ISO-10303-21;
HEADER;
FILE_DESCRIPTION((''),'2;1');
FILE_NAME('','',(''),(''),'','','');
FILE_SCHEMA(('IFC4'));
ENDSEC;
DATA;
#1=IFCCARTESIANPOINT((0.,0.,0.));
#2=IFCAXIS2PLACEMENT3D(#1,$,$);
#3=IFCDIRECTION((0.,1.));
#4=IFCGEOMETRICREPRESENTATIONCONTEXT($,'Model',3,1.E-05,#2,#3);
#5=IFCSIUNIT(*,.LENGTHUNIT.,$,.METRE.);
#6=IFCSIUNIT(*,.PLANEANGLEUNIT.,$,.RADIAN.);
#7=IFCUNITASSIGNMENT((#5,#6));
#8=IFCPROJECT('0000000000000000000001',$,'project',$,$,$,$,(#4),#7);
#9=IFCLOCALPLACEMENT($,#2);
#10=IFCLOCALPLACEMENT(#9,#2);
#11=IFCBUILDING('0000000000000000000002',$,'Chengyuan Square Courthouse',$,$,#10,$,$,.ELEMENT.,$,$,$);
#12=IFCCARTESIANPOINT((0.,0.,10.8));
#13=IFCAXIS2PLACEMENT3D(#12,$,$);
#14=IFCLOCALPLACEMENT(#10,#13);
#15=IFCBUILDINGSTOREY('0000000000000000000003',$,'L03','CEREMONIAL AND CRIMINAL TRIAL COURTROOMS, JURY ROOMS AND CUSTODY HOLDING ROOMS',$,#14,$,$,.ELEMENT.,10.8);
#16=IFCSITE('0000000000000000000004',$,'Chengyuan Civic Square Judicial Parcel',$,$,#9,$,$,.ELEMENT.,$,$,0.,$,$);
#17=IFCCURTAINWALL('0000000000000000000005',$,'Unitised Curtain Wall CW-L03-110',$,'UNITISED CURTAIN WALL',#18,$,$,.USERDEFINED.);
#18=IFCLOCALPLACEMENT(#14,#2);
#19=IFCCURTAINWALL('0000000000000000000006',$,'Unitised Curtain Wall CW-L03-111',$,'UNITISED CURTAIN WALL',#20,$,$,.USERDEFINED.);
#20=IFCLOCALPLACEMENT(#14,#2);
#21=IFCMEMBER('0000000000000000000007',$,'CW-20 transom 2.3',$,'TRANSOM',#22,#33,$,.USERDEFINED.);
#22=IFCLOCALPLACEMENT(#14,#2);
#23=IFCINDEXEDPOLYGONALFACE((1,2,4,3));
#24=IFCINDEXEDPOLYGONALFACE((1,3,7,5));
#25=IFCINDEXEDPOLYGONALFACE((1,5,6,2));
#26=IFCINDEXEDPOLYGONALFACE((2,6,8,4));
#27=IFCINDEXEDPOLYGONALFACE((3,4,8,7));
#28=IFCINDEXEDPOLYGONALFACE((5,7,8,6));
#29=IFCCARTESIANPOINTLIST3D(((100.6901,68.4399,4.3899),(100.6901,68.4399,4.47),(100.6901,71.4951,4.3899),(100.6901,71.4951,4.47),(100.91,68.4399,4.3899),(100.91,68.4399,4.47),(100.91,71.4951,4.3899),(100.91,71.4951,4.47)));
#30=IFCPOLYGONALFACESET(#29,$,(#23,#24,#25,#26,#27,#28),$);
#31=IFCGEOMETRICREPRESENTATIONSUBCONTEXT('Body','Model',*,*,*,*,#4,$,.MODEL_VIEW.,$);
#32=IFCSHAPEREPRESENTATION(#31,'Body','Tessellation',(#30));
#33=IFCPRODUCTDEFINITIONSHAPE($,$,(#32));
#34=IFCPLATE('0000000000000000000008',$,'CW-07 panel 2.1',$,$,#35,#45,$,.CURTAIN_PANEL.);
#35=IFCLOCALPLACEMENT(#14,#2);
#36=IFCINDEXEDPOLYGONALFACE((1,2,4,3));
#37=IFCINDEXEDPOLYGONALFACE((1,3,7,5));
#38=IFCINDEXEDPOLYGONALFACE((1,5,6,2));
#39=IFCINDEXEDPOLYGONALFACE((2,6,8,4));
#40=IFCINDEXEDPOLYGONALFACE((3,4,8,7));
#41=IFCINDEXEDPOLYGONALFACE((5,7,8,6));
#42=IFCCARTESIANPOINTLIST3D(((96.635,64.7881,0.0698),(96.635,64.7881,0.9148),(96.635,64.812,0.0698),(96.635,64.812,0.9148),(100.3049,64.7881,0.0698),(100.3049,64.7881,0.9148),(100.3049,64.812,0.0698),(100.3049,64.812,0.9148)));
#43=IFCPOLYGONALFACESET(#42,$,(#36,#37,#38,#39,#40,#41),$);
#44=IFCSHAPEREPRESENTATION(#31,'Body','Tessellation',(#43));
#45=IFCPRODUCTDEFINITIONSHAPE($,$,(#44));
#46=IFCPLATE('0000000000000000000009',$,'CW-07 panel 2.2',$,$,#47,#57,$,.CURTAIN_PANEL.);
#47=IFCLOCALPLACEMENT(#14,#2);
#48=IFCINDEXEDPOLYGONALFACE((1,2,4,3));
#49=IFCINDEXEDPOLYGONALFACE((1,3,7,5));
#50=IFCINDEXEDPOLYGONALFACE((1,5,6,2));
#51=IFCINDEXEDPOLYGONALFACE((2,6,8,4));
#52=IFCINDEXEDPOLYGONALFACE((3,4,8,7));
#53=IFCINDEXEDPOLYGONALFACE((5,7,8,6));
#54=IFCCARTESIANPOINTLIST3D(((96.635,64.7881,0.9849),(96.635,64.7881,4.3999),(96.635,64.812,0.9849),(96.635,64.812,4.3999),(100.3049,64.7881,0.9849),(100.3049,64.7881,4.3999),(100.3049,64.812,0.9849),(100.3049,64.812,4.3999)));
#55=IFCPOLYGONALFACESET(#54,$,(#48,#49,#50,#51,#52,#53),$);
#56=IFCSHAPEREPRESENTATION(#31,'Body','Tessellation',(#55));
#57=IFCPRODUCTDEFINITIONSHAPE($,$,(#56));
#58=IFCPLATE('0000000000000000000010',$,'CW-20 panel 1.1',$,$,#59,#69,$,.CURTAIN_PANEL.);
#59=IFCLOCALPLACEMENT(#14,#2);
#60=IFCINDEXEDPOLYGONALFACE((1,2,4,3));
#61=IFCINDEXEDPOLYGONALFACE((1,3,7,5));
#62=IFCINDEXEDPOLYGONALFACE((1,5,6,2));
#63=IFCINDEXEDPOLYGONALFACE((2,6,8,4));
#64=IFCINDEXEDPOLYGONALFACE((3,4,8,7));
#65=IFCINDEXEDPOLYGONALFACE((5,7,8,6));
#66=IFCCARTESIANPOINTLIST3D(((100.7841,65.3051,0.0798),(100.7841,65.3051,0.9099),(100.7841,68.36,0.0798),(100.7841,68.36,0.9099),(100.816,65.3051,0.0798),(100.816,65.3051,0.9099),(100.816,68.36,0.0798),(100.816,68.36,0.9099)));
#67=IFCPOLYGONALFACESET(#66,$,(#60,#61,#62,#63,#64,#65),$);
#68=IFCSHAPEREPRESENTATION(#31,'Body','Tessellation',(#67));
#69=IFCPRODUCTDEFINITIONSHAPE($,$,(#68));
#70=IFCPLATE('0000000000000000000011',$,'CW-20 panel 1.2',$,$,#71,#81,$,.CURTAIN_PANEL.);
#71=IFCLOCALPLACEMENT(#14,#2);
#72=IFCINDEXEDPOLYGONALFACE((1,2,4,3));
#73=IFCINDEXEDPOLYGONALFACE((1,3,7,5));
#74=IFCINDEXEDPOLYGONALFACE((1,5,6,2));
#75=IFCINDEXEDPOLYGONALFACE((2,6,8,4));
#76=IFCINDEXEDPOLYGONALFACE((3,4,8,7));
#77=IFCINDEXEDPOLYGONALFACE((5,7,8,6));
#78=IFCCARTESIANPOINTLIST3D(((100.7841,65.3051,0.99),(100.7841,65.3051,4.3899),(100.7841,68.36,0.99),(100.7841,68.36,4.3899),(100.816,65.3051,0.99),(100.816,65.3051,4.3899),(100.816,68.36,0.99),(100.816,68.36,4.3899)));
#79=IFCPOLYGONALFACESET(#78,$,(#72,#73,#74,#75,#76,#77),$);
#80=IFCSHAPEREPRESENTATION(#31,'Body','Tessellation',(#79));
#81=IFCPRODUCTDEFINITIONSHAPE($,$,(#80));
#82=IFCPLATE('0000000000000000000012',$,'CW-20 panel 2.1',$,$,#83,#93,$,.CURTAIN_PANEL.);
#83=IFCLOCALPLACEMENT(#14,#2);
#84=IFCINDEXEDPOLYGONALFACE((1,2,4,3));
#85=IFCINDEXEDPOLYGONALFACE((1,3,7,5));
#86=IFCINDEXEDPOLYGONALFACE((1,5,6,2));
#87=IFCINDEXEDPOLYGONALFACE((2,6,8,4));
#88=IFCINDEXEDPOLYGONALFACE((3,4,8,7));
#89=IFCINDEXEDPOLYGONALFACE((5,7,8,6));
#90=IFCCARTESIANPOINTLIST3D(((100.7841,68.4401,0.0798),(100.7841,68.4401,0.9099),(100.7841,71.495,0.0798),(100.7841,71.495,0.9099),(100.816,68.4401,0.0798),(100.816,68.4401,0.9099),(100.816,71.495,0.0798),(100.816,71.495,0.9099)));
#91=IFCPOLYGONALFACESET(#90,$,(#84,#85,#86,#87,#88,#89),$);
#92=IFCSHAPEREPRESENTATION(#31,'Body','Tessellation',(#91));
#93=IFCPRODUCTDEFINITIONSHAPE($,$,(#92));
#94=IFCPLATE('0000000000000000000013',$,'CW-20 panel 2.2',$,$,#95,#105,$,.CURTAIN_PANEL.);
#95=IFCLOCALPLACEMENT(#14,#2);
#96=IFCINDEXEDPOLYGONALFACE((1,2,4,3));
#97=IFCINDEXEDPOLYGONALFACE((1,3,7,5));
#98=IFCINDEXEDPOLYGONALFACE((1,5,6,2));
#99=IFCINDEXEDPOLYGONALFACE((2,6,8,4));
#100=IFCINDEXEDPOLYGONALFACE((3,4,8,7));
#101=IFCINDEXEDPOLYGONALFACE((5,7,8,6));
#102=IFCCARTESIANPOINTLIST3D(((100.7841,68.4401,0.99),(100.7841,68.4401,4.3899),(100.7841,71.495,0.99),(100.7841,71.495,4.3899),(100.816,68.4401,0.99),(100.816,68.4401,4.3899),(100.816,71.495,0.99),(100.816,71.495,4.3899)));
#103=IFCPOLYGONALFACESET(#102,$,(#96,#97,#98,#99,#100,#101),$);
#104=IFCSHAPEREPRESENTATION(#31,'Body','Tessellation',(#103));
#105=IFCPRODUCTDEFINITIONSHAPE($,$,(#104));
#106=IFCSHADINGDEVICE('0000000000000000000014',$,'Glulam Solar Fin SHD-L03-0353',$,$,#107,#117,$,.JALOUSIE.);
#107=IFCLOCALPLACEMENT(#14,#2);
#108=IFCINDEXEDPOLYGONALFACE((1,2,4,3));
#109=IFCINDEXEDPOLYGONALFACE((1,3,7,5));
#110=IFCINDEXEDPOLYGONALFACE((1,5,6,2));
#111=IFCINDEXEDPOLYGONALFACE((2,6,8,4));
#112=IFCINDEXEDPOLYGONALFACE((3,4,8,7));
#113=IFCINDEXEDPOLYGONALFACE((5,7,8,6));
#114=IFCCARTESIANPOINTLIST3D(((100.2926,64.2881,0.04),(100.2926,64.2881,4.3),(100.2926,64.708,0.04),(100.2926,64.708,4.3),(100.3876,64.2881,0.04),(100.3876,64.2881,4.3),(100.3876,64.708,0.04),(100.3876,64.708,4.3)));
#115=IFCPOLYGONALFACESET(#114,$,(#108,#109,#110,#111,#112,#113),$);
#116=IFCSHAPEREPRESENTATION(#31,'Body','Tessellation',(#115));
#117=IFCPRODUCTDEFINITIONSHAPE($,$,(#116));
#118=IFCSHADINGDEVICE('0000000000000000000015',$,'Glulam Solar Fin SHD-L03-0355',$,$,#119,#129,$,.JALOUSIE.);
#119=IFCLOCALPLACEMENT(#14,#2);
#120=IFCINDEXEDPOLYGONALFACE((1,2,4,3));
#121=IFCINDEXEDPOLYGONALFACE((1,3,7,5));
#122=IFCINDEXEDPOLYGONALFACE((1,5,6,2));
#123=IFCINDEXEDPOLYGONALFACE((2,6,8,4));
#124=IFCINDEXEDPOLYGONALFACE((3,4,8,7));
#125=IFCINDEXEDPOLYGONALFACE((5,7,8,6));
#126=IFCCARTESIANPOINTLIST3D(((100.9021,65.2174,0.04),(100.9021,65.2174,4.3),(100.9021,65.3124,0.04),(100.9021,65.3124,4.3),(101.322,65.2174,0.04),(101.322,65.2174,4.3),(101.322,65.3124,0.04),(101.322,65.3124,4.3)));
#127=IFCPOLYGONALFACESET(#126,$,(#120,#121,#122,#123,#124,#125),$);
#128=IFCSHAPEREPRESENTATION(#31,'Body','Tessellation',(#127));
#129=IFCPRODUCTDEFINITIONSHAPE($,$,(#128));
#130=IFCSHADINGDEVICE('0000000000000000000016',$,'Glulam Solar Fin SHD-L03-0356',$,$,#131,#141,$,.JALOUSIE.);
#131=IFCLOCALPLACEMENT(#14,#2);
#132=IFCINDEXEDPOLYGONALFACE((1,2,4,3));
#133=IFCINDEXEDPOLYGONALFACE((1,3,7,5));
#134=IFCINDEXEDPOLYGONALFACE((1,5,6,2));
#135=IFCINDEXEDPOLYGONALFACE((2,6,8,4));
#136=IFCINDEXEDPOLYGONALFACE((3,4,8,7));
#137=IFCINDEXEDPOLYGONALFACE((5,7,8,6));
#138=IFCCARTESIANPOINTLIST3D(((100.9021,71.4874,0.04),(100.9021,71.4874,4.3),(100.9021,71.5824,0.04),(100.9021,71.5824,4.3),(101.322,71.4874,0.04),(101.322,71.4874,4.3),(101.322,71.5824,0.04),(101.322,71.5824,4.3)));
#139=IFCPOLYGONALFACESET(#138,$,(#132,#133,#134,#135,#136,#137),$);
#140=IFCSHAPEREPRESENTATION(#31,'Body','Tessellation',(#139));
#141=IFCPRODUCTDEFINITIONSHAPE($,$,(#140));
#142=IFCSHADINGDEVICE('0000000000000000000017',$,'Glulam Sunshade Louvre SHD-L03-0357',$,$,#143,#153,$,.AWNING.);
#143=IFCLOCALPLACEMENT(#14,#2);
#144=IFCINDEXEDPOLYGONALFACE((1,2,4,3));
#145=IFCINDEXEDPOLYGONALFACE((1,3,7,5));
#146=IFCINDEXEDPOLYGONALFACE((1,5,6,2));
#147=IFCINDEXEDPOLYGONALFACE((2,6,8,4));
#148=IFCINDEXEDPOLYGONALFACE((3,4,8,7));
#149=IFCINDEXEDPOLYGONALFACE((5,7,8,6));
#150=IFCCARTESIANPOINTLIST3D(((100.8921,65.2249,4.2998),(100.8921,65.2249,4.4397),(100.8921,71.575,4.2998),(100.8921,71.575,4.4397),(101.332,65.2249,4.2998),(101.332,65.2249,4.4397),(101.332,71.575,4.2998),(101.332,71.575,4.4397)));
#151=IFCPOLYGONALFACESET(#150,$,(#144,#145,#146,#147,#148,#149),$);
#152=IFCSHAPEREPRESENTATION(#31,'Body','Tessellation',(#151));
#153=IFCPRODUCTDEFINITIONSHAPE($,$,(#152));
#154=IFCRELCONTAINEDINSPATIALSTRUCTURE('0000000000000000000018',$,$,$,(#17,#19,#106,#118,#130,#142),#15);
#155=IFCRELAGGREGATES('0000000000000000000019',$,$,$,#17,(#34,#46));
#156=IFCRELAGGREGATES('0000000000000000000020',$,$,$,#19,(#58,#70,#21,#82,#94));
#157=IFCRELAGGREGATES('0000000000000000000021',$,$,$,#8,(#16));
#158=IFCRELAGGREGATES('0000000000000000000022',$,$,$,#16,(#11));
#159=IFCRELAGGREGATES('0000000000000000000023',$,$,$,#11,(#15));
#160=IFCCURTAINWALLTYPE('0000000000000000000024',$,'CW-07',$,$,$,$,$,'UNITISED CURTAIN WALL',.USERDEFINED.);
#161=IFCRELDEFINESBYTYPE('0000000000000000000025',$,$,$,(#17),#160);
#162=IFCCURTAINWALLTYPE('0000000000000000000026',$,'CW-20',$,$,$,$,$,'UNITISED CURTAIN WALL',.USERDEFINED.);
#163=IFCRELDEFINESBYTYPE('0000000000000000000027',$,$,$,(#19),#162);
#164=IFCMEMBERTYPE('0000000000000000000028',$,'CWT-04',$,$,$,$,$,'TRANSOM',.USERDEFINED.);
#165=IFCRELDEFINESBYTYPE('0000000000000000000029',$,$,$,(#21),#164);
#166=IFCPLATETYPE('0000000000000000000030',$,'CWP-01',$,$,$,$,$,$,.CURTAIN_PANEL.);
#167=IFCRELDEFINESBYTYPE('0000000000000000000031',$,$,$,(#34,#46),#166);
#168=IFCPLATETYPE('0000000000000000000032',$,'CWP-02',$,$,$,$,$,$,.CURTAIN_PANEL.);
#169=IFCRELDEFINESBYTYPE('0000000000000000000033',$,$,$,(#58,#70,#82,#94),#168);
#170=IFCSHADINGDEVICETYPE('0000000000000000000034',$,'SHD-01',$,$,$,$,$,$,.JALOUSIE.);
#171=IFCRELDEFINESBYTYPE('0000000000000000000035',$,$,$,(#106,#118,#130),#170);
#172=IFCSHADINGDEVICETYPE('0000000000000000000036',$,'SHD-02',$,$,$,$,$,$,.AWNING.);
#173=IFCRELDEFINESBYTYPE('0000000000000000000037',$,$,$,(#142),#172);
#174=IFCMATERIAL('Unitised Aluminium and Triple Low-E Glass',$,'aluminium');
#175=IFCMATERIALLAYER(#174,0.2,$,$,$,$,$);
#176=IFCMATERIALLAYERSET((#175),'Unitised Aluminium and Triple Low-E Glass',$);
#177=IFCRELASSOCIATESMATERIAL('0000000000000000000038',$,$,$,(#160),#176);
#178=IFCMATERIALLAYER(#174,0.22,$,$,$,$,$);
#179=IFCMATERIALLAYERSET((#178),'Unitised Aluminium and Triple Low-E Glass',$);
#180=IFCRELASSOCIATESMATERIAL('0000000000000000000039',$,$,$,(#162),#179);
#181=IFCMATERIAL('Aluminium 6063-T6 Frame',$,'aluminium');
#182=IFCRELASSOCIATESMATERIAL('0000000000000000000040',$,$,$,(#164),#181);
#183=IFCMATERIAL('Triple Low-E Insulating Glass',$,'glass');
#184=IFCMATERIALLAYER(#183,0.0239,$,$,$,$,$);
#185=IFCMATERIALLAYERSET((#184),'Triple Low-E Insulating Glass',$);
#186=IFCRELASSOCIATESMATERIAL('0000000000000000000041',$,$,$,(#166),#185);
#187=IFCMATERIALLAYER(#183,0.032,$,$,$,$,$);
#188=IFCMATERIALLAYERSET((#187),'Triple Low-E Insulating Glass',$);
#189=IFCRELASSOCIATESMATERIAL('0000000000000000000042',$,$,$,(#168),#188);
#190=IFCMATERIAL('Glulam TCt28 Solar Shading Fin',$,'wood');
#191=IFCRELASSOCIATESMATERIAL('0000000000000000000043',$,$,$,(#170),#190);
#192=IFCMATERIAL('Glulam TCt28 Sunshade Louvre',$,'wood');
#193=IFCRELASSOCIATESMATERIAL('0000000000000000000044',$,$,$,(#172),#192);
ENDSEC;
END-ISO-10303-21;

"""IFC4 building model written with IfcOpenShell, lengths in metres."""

from ifc_helpers import new_model, si_unit, direction, frame, origin, origin_2d, place, context, subcontext, project, spatial, rectangle, extrude, material, layer, layer_set, material_profile, profile_set, type_object, element, aggregate, save


model = new_model("IFC4")

# Units and contexts
model_context = context("Model", 3, precision=1e-05, world=origin(), true_north=direction((0.0, 1.0)))
body_context = subcontext(model_context, "Body", "Model", "MODEL_VIEW")
ifc_project = project(units=[si_unit("LENGTHUNIT", "METRE"), si_unit("PLANEANGLEUNIT", "RADIAN")], contexts=[model_context])

# Site, building, storey
site_placement = place(None, origin())
site = spatial("IfcSite", under=ifc_project, at=site_placement, Name="Chengyuan Civic Square Judicial Parcel", CompositionType="ELEMENT", RefElevation=0.0)
building_placement = place(site_placement, origin())
building = spatial("IfcBuilding", under=site, at=building_placement, Name="Chengyuan Square Courthouse", CompositionType="ELEMENT")
storey_placement = place(building_placement, frame((0.0, 0.0, 10.8)))
storey = spatial("IfcBuildingStorey", under=building, at=storey_placement, Name="L03", Description="CEREMONIAL AND CRIMINAL TRIAL COURTROOMS, JURY ROOMS AND CUSTODY HOLDING ROOMS", CompositionType="ELEMENT", Elevation=10.8)

# Curtain wall
ifc_material_1 = material(Name="Unitised Aluminium and Triple Low-E Glass", Category="aluminium")
ifc_layer_1 = layer(ifc_material_1, 0.2)
ifc_layer_set_1 = layer_set([ifc_layer_1], Name="Unitised Aluminium and Triple Low-E Glass")
curtain_wall_type_1 = type_object("IfcCurtainWallType", Name="CW-07", ElementType="UNITISED CURTAIN WALL", PredefinedType="USERDEFINED", material=ifc_layer_set_1)
curtain_wall_1_placement = place(storey_placement, origin())
curtain_wall_1 = element("IfcCurtainWall", 1, at=curtain_wall_1_placement, inside=storey, type_object=curtain_wall_type_1, Name="Unitised Curtain Wall CW-L03-110", ObjectType="UNITISED CURTAIN WALL", PredefinedType="USERDEFINED")
ifc_material_2 = material(Name="Aluminium 6063-T6 Frame", Category="aluminium")

# Curtain wall
ifc_layer_2 = layer(ifc_material_1, 0.22)
ifc_layer_set_2 = layer_set([ifc_layer_2], Name="Unitised Aluminium and Triple Low-E Glass")
curtain_wall_type_2 = type_object("IfcCurtainWallType", Name="CW-20", ElementType="UNITISED CURTAIN WALL", PredefinedType="USERDEFINED", material=ifc_layer_set_2)
curtain_wall_2_placement = place(storey_placement, origin())
curtain_wall_2 = element("IfcCurtainWall", 2, at=curtain_wall_2_placement, inside=storey, type_object=curtain_wall_type_2, Name="Unitised Curtain Wall CW-L03-111", ObjectType="UNITISED CURTAIN WALL", PredefinedType="USERDEFINED")

# Member
ifc_material_profile_1 = material_profile(ifc_material_2, rectangle(XDim=0.22, YDim=0.0801, at=origin_2d()), Name="CW-TRN-80x180")
ifc_profile_set_1 = profile_set([ifc_material_profile_1], Name="Aluminium 6063-T6 Frame")
member_type_1 = type_object("IfcMemberType", Name="CWT-04", ElementType="TRANSOM", PredefinedType="USERDEFINED", material=ifc_profile_set_1)
member_1_placement = place(storey_placement, frame((100.8, 68.4399, 4.4299), z_axis=(0.0, 1.0, 0.0), x_axis=(-1.0, 0.0, 0.0)))
member_1 = element("IfcMember", 3, at=member_1_placement, type_object=member_type_1, Name="CW-20 transom 2.3", ObjectType="TRANSOM", PredefinedType="USERDEFINED", context=body_context, shape_type="SweptSolid", body=[
    extrude(rectangle(XDim=0.22, YDim=0.0801, at=origin_2d()), origin(), (0.0, 0.0, 1.0), 3.0552),
])

# Plates
ifc_material_3 = material(Name="Triple Low-E Insulating Glass", Category="glass")
ifc_layer_3 = layer(ifc_material_3, 0.0239)
ifc_layer_set_3 = layer_set([ifc_layer_3], Name="Triple Low-E Insulating Glass")
plate_type_1 = type_object("IfcPlateType", Name="CWP-01", PredefinedType="CURTAIN_PANEL", material=ifc_layer_set_3)
plate_1_placement = place(storey_placement, frame((98.47, 64.8, 0.0698), z_axis=(0.0, 0.0, 1.0), x_axis=(1.0, 0.0, 0.0)))
plate_1 = element("IfcPlate", 4, at=plate_1_placement, type_object=plate_type_1, Name="CW-07 panel 2.1", PredefinedType="CURTAIN_PANEL", context=body_context, shape_type="SweptSolid", body=[
    extrude(rectangle(XDim=3.6699, YDim=0.0239, at=origin_2d()), origin(), (0.0, 0.0, 1.0), 0.845),
])
plate_2_placement = place(storey_placement, frame((98.47, 64.8, 0.9849), z_axis=(0.0, 0.0, 1.0), x_axis=(1.0, 0.0, 0.0)))
plate_2 = element("IfcPlate", 5, at=plate_2_placement, type_object=plate_type_1, Name="CW-07 panel 2.2", PredefinedType="CURTAIN_PANEL", context=body_context, shape_type="SweptSolid", body=[
    extrude(rectangle(XDim=3.6699, YDim=0.0239, at=origin_2d()), origin(), (0.0, 0.0, 1.0), 3.415),
])
aggregate(curtain_wall_1, [plate_1, plate_2])
ifc_layer_4 = layer(ifc_material_3, 0.032)
ifc_layer_set_4 = layer_set([ifc_layer_4], Name="Triple Low-E Insulating Glass")
plate_type_2 = type_object("IfcPlateType", Name="CWP-02", PredefinedType="CURTAIN_PANEL", material=ifc_layer_set_4)
plate_3_placement = place(storey_placement, frame((100.8, 66.8325, 0.0798), z_axis=(0.0, 0.0, 1.0), x_axis=(0.0, 1.0, 0.0)))
plate_3 = element("IfcPlate", 6, at=plate_3_placement, type_object=plate_type_2, Name="CW-20 panel 1.1", PredefinedType="CURTAIN_PANEL", context=body_context, shape_type="SweptSolid", body=[
    extrude(rectangle(XDim=3.0549, YDim=0.032, at=origin_2d()), origin(), (0.0, 0.0, 1.0), 0.8301),
])
plate_4_placement = place(storey_placement, frame((100.8, 66.8325, 0.99), z_axis=(0.0, 0.0, 1.0), x_axis=(0.0, 1.0, 0.0)))
plate_4 = element("IfcPlate", 7, at=plate_4_placement, type_object=plate_type_2, Name="CW-20 panel 1.2", PredefinedType="CURTAIN_PANEL", context=body_context, shape_type="SweptSolid", body=[
    extrude(rectangle(XDim=3.0549, YDim=0.032, at=origin_2d()), origin(), (0.0, 0.0, 1.0), 3.3999),
])
plate_5_placement = place(storey_placement, frame((100.8, 69.9675, 0.0798), z_axis=(0.0, 0.0, 1.0), x_axis=(0.0, 1.0, 0.0)))
plate_5 = element("IfcPlate", 8, at=plate_5_placement, type_object=plate_type_2, Name="CW-20 panel 2.1", PredefinedType="CURTAIN_PANEL", context=body_context, shape_type="SweptSolid", body=[
    extrude(rectangle(XDim=3.0549, YDim=0.032, at=origin_2d()), origin(), (0.0, 0.0, 1.0), 0.8301),
])
plate_6_placement = place(storey_placement, frame((100.8, 69.9675, 0.99), z_axis=(0.0, 0.0, 1.0), x_axis=(0.0, 1.0, 0.0)))
plate_6 = element("IfcPlate", 9, at=plate_6_placement, type_object=plate_type_2, Name="CW-20 panel 2.2", PredefinedType="CURTAIN_PANEL", context=body_context, shape_type="SweptSolid", body=[
    extrude(rectangle(XDim=3.0549, YDim=0.032, at=origin_2d()), origin(), (0.0, 0.0, 1.0), 3.3999),
])
aggregate(curtain_wall_2, [plate_3, plate_4, member_1, plate_5, plate_6])

# Shading devices
ifc_material_4 = material(Name="Glulam TCt28 Solar Shading Fin", Category="wood")
shading_device_type_1 = type_object("IfcShadingDeviceType", Name="SHD-01", PredefinedType="JALOUSIE", material=ifc_material_4)
for number, where, z_axis, x_axis, name in (
    (10, (100.3401, 64.498, 0.04), (0.0, 0.0, 1.0), (0.0, 1.0, 0.0), "Glulam Solar Fin SHD-L03-0353"),
    (11, (101.1121, 65.2649, 0.04), (0.0, 0.0, 1.0), (1.0, 0.0, 0.0), "Glulam Solar Fin SHD-L03-0355"),
    (12, (101.1121, 71.5349, 0.04), (0.0, 0.0, 1.0), (1.0, 0.0, 0.0), "Glulam Solar Fin SHD-L03-0356"),
):
    element("IfcShadingDevice", number, at=place(storey_placement, frame(where, z_axis=z_axis, x_axis=x_axis)), inside=storey, type_object=shading_device_type_1, Name=name, PredefinedType="JALOUSIE", context=body_context, shape_type="SweptSolid", body=[
        extrude(rectangle(XDim=0.4199, YDim=0.095, at=origin_2d()), origin(), (0.0, 0.0, 1.0), 4.26),
    ])
ifc_material_5 = material(Name="Glulam TCt28 Sunshade Louvre", Category="wood")
shading_device_type_2 = type_object("IfcShadingDeviceType", Name="SHD-02", PredefinedType="AWNING", material=ifc_material_5)
shading_device_placement = place(storey_placement, frame((101.1121, 68.3999, 4.2998), z_axis=(0.0, 0.0, 1.0), x_axis=(0.0, 1.0, 0.0)))
element("IfcShadingDevice", 13, at=shading_device_placement, inside=storey, type_object=shading_device_type_2, Name="Glulam Sunshade Louvre SHD-L03-0357", PredefinedType="AWNING", context=body_context, shape_type="SweptSolid", body=[
    extrude(rectangle(XDim=6.3501, YDim=0.4399, at=origin_2d()), origin(), (0.0, 0.0, 1.0), 0.1399),
])

save(model, "model.ifc")
